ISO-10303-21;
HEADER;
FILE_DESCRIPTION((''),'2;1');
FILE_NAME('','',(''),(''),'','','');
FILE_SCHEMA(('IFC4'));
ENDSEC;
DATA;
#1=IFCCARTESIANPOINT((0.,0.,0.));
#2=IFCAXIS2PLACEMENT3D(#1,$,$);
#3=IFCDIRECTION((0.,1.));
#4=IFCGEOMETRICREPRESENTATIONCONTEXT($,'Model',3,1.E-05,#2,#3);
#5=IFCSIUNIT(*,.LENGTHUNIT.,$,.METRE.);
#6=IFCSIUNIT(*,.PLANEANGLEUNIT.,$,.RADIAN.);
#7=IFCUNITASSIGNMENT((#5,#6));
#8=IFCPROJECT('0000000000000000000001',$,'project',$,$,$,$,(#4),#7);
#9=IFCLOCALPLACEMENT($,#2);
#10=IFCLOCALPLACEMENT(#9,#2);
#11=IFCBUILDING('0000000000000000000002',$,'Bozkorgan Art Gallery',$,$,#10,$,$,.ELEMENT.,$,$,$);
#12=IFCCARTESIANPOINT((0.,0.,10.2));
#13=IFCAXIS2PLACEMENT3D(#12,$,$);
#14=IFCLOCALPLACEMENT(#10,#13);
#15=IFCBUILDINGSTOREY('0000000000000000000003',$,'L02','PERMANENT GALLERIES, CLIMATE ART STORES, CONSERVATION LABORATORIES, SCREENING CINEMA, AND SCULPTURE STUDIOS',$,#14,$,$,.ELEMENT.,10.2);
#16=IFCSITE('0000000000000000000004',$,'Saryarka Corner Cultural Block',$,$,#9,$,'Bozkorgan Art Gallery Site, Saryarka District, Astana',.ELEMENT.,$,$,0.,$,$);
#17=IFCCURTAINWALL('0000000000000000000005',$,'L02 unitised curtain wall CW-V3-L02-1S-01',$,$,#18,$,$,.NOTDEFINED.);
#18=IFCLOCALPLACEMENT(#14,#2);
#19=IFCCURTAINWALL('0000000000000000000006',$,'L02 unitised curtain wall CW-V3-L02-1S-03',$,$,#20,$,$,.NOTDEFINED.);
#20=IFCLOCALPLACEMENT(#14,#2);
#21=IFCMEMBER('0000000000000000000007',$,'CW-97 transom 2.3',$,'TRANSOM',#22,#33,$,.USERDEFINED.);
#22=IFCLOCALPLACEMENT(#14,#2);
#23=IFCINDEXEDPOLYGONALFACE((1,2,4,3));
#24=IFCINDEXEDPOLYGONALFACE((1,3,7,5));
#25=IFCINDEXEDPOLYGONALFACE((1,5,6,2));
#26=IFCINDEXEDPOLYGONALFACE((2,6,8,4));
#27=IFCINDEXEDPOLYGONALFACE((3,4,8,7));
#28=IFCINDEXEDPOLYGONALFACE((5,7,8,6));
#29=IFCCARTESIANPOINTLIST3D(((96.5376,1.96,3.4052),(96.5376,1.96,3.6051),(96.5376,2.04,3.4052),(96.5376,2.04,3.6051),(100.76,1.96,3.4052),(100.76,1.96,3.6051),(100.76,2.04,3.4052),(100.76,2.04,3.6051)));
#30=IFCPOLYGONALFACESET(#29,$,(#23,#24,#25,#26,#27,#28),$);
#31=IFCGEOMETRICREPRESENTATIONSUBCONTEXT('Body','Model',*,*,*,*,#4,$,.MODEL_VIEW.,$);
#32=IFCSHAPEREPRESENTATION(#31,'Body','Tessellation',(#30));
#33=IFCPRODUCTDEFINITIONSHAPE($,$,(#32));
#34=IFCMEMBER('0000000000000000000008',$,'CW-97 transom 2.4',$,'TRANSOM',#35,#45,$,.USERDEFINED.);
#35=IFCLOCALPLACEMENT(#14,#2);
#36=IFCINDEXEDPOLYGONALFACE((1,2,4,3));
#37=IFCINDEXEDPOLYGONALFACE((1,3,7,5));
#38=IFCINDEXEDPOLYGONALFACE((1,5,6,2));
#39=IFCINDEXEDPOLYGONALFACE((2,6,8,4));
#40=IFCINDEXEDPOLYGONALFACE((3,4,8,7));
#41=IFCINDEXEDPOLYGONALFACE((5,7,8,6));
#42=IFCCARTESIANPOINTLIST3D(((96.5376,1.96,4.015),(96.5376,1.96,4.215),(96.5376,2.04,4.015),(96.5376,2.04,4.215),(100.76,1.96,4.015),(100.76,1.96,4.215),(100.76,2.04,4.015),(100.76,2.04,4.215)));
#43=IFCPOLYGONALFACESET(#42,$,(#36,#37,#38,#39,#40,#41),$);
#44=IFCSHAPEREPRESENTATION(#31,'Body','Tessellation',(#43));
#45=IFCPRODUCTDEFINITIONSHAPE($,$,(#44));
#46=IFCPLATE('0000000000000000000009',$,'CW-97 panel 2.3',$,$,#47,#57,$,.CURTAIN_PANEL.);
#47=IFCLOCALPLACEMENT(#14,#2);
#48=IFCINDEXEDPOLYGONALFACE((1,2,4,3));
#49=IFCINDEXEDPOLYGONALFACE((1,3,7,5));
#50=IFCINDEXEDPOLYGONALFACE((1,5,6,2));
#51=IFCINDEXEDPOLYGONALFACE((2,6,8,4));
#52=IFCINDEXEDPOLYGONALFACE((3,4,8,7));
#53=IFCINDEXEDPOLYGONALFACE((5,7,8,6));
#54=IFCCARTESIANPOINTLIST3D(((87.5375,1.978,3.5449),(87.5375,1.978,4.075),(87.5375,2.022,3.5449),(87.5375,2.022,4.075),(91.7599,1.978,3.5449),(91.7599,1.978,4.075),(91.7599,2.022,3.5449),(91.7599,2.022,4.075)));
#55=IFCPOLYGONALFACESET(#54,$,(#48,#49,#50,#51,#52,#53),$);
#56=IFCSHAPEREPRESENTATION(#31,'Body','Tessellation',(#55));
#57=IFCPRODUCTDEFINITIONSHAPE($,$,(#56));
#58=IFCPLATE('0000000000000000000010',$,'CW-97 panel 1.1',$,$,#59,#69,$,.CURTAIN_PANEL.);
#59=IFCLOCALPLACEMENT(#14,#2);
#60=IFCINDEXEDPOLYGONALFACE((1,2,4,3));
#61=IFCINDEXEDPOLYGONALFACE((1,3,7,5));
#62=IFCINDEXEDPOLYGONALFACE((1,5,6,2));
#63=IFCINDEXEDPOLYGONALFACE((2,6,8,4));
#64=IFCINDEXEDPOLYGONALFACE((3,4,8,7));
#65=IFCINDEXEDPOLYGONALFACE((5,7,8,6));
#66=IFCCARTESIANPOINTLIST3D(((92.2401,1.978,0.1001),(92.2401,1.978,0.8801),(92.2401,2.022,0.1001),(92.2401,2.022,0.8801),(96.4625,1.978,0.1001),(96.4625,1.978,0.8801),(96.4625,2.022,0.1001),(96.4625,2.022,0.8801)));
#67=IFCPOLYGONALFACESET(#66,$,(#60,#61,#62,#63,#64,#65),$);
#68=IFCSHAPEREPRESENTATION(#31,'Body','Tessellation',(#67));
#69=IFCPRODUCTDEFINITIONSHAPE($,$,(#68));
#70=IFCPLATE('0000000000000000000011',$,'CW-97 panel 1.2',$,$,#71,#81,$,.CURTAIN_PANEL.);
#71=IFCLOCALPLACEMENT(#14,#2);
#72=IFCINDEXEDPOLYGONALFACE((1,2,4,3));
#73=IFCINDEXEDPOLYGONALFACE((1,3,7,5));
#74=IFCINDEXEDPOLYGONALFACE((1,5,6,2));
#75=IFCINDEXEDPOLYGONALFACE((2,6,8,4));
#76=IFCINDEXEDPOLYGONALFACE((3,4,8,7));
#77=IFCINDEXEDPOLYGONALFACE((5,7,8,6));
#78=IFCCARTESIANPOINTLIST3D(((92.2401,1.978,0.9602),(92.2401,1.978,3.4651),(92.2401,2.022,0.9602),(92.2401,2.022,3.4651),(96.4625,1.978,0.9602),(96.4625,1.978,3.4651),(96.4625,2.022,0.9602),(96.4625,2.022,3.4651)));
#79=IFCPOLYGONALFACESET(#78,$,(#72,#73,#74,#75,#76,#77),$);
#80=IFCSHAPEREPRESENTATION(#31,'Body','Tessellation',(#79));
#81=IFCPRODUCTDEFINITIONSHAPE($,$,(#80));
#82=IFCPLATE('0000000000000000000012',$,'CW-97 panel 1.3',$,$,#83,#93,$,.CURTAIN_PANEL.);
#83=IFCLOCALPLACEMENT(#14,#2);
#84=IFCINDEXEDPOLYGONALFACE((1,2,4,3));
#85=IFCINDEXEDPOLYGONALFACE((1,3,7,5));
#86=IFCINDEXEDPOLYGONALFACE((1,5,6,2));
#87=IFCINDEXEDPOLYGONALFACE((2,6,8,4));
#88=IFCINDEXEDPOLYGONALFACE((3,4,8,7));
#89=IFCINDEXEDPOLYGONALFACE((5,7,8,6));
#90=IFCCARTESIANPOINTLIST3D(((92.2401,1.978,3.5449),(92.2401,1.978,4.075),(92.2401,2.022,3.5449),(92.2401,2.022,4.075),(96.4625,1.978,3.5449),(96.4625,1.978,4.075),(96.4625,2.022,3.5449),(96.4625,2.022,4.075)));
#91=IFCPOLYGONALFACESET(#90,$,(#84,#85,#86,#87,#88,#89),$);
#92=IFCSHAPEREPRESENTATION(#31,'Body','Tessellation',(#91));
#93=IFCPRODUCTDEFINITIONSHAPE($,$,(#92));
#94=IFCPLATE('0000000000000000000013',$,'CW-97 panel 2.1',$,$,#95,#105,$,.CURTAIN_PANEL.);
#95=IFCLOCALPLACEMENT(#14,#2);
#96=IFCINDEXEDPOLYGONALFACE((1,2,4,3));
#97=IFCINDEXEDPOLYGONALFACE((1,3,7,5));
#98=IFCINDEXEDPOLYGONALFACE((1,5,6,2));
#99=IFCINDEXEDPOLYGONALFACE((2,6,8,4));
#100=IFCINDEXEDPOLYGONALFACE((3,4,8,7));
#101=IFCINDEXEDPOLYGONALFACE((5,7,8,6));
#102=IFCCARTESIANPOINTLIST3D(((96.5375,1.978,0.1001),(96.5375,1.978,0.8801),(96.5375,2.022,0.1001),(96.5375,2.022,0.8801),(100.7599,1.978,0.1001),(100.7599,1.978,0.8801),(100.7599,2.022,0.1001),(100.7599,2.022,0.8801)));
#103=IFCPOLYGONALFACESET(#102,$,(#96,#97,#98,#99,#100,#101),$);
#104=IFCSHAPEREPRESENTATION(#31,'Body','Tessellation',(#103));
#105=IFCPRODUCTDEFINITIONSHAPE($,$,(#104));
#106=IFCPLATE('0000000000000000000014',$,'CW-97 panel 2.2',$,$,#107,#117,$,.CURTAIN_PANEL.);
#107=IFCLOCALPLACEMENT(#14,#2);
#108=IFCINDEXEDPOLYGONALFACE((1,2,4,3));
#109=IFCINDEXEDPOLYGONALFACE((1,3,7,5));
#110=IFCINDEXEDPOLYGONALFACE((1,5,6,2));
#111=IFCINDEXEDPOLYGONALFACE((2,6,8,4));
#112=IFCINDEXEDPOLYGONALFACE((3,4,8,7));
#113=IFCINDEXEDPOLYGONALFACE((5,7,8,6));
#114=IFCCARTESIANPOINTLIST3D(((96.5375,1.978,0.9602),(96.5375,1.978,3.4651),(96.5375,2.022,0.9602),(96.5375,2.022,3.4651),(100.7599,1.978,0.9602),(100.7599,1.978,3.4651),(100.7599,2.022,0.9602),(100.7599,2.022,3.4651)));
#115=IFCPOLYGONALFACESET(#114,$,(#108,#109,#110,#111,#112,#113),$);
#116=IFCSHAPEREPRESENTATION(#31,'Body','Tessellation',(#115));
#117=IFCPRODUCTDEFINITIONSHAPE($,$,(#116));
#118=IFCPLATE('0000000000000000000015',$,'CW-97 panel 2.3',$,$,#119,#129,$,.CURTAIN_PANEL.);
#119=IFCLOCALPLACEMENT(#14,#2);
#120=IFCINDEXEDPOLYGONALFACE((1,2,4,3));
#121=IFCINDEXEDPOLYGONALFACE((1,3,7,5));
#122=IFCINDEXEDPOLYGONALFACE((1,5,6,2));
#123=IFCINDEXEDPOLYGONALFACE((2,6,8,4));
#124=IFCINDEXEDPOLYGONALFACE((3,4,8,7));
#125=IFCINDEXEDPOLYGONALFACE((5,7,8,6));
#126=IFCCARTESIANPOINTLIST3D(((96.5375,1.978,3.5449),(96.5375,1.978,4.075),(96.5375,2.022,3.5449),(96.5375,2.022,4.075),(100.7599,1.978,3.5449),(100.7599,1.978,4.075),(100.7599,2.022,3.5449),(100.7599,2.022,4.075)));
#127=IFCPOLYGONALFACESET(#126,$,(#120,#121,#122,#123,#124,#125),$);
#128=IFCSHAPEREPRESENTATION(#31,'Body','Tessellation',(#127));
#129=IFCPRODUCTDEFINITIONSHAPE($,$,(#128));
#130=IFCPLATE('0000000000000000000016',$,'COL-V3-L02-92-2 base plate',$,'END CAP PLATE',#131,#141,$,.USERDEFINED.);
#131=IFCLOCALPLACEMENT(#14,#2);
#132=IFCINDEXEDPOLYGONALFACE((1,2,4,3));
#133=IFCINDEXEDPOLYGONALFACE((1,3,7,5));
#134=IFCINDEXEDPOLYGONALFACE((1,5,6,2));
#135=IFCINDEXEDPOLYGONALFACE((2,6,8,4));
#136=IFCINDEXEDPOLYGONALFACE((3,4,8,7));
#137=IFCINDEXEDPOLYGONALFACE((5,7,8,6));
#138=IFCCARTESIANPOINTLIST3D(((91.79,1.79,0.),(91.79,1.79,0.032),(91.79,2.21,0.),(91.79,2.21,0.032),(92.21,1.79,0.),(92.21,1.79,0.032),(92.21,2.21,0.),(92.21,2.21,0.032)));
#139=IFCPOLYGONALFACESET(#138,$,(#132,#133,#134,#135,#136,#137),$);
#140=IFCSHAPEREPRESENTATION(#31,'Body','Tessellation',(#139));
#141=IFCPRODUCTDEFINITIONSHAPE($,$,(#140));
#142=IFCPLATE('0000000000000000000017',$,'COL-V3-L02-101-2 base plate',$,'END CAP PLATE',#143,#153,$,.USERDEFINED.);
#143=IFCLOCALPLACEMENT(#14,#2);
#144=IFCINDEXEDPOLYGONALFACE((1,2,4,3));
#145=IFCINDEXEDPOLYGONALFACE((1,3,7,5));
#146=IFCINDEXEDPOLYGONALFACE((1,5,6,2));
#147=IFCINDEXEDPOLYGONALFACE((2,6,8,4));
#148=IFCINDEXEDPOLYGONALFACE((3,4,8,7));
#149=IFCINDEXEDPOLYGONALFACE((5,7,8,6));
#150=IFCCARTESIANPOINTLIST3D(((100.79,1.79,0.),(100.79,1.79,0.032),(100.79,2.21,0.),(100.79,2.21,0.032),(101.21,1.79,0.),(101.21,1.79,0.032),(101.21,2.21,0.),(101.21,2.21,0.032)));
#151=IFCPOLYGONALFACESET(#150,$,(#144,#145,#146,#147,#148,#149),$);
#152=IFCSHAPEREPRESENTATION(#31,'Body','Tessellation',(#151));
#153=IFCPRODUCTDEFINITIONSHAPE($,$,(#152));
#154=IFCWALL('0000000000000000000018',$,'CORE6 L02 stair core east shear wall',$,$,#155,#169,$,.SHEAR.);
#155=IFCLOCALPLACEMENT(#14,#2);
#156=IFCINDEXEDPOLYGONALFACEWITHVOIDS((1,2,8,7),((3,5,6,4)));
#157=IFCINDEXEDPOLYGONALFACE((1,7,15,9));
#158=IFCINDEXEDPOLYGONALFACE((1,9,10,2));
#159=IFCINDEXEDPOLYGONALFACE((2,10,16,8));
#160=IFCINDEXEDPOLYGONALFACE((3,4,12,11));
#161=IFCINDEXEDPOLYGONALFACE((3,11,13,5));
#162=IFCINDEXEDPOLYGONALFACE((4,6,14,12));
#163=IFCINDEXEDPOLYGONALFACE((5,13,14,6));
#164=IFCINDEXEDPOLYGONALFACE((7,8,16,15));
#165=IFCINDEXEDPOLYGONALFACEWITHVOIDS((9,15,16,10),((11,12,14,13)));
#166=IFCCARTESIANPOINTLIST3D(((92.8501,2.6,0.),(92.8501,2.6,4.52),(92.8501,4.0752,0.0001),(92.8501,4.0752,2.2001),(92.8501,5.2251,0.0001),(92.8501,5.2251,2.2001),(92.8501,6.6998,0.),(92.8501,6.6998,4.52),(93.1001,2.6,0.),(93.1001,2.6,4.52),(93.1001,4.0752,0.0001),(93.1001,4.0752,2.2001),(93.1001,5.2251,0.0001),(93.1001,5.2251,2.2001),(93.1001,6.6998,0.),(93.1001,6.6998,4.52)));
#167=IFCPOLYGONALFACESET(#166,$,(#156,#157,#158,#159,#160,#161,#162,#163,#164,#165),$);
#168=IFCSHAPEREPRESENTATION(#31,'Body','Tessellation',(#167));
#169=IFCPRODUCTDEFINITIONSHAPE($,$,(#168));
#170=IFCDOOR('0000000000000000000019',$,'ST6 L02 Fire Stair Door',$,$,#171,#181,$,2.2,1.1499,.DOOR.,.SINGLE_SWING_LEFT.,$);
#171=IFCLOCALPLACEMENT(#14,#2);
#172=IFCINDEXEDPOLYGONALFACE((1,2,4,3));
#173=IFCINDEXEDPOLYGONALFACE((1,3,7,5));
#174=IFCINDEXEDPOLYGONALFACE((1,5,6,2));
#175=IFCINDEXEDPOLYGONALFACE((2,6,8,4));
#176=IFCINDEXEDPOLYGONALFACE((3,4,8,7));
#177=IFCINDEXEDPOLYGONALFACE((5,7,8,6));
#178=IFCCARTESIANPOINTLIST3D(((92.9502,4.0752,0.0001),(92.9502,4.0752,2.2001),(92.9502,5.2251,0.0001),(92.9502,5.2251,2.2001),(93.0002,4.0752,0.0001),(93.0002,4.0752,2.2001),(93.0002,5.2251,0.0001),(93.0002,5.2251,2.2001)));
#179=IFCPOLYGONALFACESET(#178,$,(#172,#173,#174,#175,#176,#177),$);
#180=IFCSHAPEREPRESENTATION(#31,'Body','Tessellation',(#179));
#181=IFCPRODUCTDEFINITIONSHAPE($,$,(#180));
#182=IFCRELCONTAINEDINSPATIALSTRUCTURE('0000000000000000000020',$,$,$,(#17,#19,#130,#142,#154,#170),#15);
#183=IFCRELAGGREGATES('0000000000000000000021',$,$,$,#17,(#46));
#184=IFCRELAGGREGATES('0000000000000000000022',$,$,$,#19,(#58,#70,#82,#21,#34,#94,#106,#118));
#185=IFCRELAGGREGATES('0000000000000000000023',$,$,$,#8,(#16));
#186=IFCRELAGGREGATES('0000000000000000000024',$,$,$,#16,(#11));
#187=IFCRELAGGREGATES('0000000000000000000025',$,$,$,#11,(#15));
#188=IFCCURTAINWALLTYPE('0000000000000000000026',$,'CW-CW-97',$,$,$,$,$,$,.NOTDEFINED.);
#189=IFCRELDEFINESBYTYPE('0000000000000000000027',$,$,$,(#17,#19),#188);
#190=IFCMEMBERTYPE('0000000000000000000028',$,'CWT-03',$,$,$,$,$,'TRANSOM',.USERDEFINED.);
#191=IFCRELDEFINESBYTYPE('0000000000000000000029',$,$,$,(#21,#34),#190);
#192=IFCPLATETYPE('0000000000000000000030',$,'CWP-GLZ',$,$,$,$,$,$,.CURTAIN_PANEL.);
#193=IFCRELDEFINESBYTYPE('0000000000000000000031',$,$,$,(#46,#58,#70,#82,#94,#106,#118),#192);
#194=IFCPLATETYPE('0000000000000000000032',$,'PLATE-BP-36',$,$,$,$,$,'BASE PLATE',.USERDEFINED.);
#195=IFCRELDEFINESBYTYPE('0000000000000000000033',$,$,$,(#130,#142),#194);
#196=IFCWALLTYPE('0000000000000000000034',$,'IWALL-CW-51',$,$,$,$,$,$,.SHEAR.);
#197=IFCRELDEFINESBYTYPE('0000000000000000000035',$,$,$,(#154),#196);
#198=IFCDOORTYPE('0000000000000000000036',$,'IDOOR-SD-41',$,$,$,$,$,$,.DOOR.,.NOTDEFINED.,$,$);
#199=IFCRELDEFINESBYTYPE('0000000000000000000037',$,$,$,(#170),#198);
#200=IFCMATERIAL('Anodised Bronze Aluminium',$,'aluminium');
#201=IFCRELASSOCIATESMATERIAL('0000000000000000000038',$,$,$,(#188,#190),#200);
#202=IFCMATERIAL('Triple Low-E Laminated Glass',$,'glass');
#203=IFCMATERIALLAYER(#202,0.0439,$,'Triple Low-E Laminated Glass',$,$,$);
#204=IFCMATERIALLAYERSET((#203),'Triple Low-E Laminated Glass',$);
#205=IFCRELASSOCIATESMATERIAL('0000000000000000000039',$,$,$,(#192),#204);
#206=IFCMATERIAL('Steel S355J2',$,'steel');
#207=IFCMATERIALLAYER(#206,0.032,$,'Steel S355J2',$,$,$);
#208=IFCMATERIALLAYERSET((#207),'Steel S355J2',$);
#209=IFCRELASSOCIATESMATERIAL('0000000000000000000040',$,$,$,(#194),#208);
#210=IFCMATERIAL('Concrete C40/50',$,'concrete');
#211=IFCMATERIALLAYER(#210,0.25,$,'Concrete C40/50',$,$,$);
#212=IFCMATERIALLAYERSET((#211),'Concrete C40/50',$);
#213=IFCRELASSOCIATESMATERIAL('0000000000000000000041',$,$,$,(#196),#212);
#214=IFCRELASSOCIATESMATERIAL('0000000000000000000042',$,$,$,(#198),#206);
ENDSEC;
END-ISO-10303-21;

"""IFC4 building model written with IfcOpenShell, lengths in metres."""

from ifc_helpers import new_model, si_unit, direction, frame, frame_2d, origin, origin_2d, place, context, subcontext, project, spatial, rectangle, extrude, material, layer, layer_set, material_profile, profile_set, type_object, element, fill, aggregate, save


model = new_model("IFC4")

# Units and contexts
model_context = context("Model", 3, precision=1e-05, world=origin(), true_north=direction((0.0, 1.0)))
body_context = subcontext(model_context, "Body", "Model", "MODEL_VIEW")
ifc_project = project(units=[si_unit("LENGTHUNIT", "METRE"), si_unit("PLANEANGLEUNIT", "RADIAN")], contexts=[model_context])

# Site, building, storey
site_placement = place(None, origin())
site = spatial("IfcSite", under=ifc_project, at=site_placement, Name="Saryarka Corner Cultural Block", LongName="Bozkorgan Art Gallery Site, Saryarka District, Astana", CompositionType="ELEMENT", RefElevation=0.0)
building_placement = place(site_placement, origin())
building = spatial("IfcBuilding", under=site, at=building_placement, Name="Bozkorgan Art Gallery", CompositionType="ELEMENT")
storey_placement = place(building_placement, frame((0.0, 0.0, 10.2)))
storey = spatial("IfcBuildingStorey", under=building, at=storey_placement, Name="L02", Description="PERMANENT GALLERIES, CLIMATE ART STORES, CONSERVATION LABORATORIES, SCREENING CINEMA, AND SCULPTURE STUDIOS", CompositionType="ELEMENT", Elevation=10.2)

# Shared definitions
ifc_material_1 = material(Name="Steel S355J2", Category="steel")

# Curtain wall
ifc_material_2 = material(Name="Anodised Bronze Aluminium", Category="aluminium")
curtain_wall_type = type_object("IfcCurtainWallType", Name="CW-CW-97", PredefinedType="NOTDEFINED", material=ifc_material_2)
curtain_wall_1_placement = place(storey_placement, origin())
curtain_wall_1 = element("IfcCurtainWall", 1, at=curtain_wall_1_placement, inside=storey, type_object=curtain_wall_type, Name="L02 unitised curtain wall CW-V3-L02-1S-01", PredefinedType="NOTDEFINED")

# Curtain wall
curtain_wall_2_placement = place(storey_placement, origin())
curtain_wall_2 = element("IfcCurtainWall", 2, at=curtain_wall_2_placement, inside=storey, type_object=curtain_wall_type, Name="L02 unitised curtain wall CW-V3-L02-1S-03", PredefinedType="NOTDEFINED")

# Members
ifc_material_profile_1 = material_profile(ifc_material_2, rectangle(XDim=0.0801, YDim=0.2, at=origin_2d()), Name="ALU TRANSOM 80x200")
ifc_profile_set_1 = profile_set([ifc_material_profile_1], Name="Anodised Bronze Aluminium")
member_type_1 = type_object("IfcMemberType", Name="CWT-03", ElementType="TRANSOM", PredefinedType="USERDEFINED", material=ifc_profile_set_1)
member_1_placement = place(storey_placement, frame((96.5376, 2.0, 3.5051), z_axis=(1.0, 0.0, 0.0), x_axis=(0.0, 1.0, 0.0)))
member_1 = element("IfcMember", 3, at=member_1_placement, type_object=member_type_1, Name="CW-97 transom 2.3", ObjectType="TRANSOM", PredefinedType="USERDEFINED", context=body_context, shape_type="SweptSolid", body=[
    extrude(rectangle(XDim=0.0801, YDim=0.2, at=origin_2d()), origin(), (0.0, 0.0, 1.0), 4.2224),
])
member_2_placement = place(storey_placement, frame((96.5376, 2.0, 4.115), z_axis=(1.0, 0.0, 0.0), x_axis=(0.0, 1.0, 0.0)))
member_2 = element("IfcMember", 4, at=member_2_placement, type_object=member_type_1, Name="CW-97 transom 2.4", ObjectType="TRANSOM", PredefinedType="USERDEFINED", context=body_context, shape_type="SweptSolid", body=[
    extrude(rectangle(XDim=0.0801, YDim=0.2, at=origin_2d()), origin(), (0.0, 0.0, 1.0), 4.2224),
])

# Plates
ifc_material_3 = material(Name="Triple Low-E Laminated Glass", Category="glass")
ifc_layer_1 = layer(ifc_material_3, 0.0439, Name="Triple Low-E Laminated Glass")
ifc_layer_set_1 = layer_set([ifc_layer_1], Name="Triple Low-E Laminated Glass")
plate_type_1 = type_object("IfcPlateType", Name="CWP-GLZ", PredefinedType="CURTAIN_PANEL", material=ifc_layer_set_1)
plate_1_placement = place(storey_placement, frame((89.6487, 2.0, 3.5449), z_axis=(0.0, 0.0, 1.0), x_axis=(1.0, 0.0, 0.0)))
plate_1 = element("IfcPlate", 5, at=plate_1_placement, type_object=plate_type_1, Name="CW-97 panel 2.3", PredefinedType="CURTAIN_PANEL", context=body_context, shape_type="SweptSolid", body=[
    extrude(rectangle(XDim=4.2224, YDim=0.0439, at=origin_2d()), origin(), (0.0, 0.0, 1.0), 0.53),
])
aggregate(curtain_wall_1, [plate_1])
plate_2_placement = place(storey_placement, frame((94.3513, 2.0, 0.1001), z_axis=(0.0, 0.0, 1.0), x_axis=(1.0, 0.0, 0.0)))
plate_2 = element("IfcPlate", 6, at=plate_2_placement, type_object=plate_type_1, Name="CW-97 panel 1.1", PredefinedType="CURTAIN_PANEL", context=body_context, shape_type="SweptSolid", body=[
    extrude(rectangle(XDim=4.2224, YDim=0.0439, at=origin_2d()), origin(), (0.0, 0.0, 1.0), 0.78),
])
plate_3_placement = place(storey_placement, frame((94.3513, 2.0, 0.9602), z_axis=(0.0, 0.0, 1.0), x_axis=(1.0, 0.0, 0.0)))
plate_3 = element("IfcPlate", 7, at=plate_3_placement, type_object=plate_type_1, Name="CW-97 panel 1.2", PredefinedType="CURTAIN_PANEL", context=body_context, shape_type="SweptSolid", body=[
    extrude(rectangle(XDim=4.2224, YDim=0.0439, at=origin_2d()), origin(), (0.0, 0.0, 1.0), 2.5049),
])
plate_4_placement = place(storey_placement, frame((94.3513, 2.0, 3.5449), z_axis=(0.0, 0.0, 1.0), x_axis=(1.0, 0.0, 0.0)))
plate_4 = element("IfcPlate", 8, at=plate_4_placement, type_object=plate_type_1, Name="CW-97 panel 1.3", PredefinedType="CURTAIN_PANEL", context=body_context, shape_type="SweptSolid", body=[
    extrude(rectangle(XDim=4.2224, YDim=0.0439, at=origin_2d()), origin(), (0.0, 0.0, 1.0), 0.53),
])
plate_5_placement = place(storey_placement, frame((98.6487, 2.0, 0.1001), z_axis=(0.0, 0.0, 1.0), x_axis=(1.0, 0.0, 0.0)))
plate_5 = element("IfcPlate", 9, at=plate_5_placement, type_object=plate_type_1, Name="CW-97 panel 2.1", PredefinedType="CURTAIN_PANEL", context=body_context, shape_type="SweptSolid", body=[
    extrude(rectangle(XDim=4.2224, YDim=0.0439, at=origin_2d()), origin(), (0.0, 0.0, 1.0), 0.78),
])
plate_6_placement = place(storey_placement, frame((98.6487, 2.0, 0.9602), z_axis=(0.0, 0.0, 1.0), x_axis=(1.0, 0.0, 0.0)))
plate_6 = element("IfcPlate", 10, at=plate_6_placement, type_object=plate_type_1, Name="CW-97 panel 2.2", PredefinedType="CURTAIN_PANEL", context=body_context, shape_type="SweptSolid", body=[
    extrude(rectangle(XDim=4.2224, YDim=0.0439, at=origin_2d()), origin(), (0.0, 0.0, 1.0), 2.5049),
])
plate_7_placement = place(storey_placement, frame((98.6487, 2.0, 3.5449), z_axis=(0.0, 0.0, 1.0), x_axis=(1.0, 0.0, 0.0)))
plate_7 = element("IfcPlate", 11, at=plate_7_placement, type_object=plate_type_1, Name="CW-97 panel 2.3", PredefinedType="CURTAIN_PANEL", context=body_context, shape_type="SweptSolid", body=[
    extrude(rectangle(XDim=4.2224, YDim=0.0439, at=origin_2d()), origin(), (0.0, 0.0, 1.0), 0.53),
])
aggregate(curtain_wall_2, [plate_2, plate_3, plate_4, member_1, member_2, plate_5, plate_6, plate_7])

# Plates
ifc_layer_2 = layer(ifc_material_1, 0.032, Name="Steel S355J2")
ifc_layer_set_2 = layer_set([ifc_layer_2], Name="Steel S355J2")
plate_type_2 = type_object("IfcPlateType", Name="PLATE-BP-36", ElementType="BASE PLATE", PredefinedType="USERDEFINED", material=ifc_layer_set_2)
for number, where, z_axis, x_axis, name in (
    (12, (92.0, 2.0, 0.0), (0.0, 0.0, 1.0), (1.0, 0.0, 0.0), "COL-V3-L02-92-2 base plate"),
    (13, (101.0, 2.0, 0.0), (0.0, 0.0, 1.0), (1.0, 0.0, 0.0), "COL-V3-L02-101-2 base plate"),
):
    element("IfcPlate", number, at=place(storey_placement, frame(where, z_axis=z_axis, x_axis=x_axis)), inside=storey, type_object=plate_type_2, Name=name, ObjectType="END CAP PLATE", PredefinedType="USERDEFINED", context=body_context, shape_type="SweptSolid", body=[
        extrude(rectangle(XDim=0.4199, YDim=0.4199, at=origin_2d()), origin(), (0.0, 0.0, 1.0), 0.032),
    ])

# Wall, opening, door
ifc_material_4 = material(Name="Concrete C40/50", Category="concrete")
ifc_layer_3 = layer(ifc_material_4, 0.25, Name="Concrete C40/50")
ifc_layer_set_3 = layer_set([ifc_layer_3], Name="Concrete C40/50")
wall_type = type_object("IfcWallType", Name="IWALL-CW-51", PredefinedType="SHEAR", material=ifc_layer_set_3)
wall_placement = place(storey_placement, frame((92.9751, 2.6001, 0.0), z_axis=(0.0, 0.0, 1.0), x_axis=(0.0, 1.0, 0.0)))
wall = element("IfcWall", 14, at=wall_placement, inside=storey, type_object=wall_type, Name="CORE6 L02 stair core east shear wall", PredefinedType="SHEAR", context=body_context, shape_type="SweptSolid", body=[
    extrude(rectangle(XDim=4.0999, YDim=0.25, at=frame_2d((2.0498, 0.0))), origin(), (0.0, 0.0, 1.0), 4.52),
])
opening_placement = place(wall_placement, frame((1.4751, 0.0, 0.0)))
opening = element("IfcOpeningElement", 15, at=opening_placement, cuts=wall, PredefinedType="OPENING", context=body_context, shape_type="SweptSolid", body=[
    extrude(rectangle(XDim=1.1499, YDim=2.2, at=frame_2d((0.575, 1.1001))), frame((0.0, 0.135, 0.0), z_axis=(0.0, -1.0, 0.0), x_axis=(1.0, 0.0, 0.0)), (0.0, 0.0, 1.0), 0.27),
])
door_type = type_object("IfcDoorType", Name="IDOOR-SD-41", OperationType="NOTDEFINED", PredefinedType="DOOR", material=ifc_material_1)
door_placement = place(opening_placement, origin())
door = element("IfcDoor", 16, at=door_placement, inside=storey, type_object=door_type, Name="ST6 L02 Fire Stair Door", OperationType="SINGLE_SWING_LEFT", OverallHeight=2.2, OverallWidth=1.1499, PredefinedType="DOOR", context=body_context, shape_type="SweptSolid", body=[
    extrude(rectangle(XDim=1.1499, YDim=2.2, at=frame_2d((0.575, 1.1001))), frame((0.0, 0.0249, 0.0), z_axis=(0.0, -1.0, 0.0), x_axis=(1.0, 0.0, 0.0)), (0.0, 0.0, 1.0), 0.05),
])
fill(opening, door)

save(model, "model.ifc")
